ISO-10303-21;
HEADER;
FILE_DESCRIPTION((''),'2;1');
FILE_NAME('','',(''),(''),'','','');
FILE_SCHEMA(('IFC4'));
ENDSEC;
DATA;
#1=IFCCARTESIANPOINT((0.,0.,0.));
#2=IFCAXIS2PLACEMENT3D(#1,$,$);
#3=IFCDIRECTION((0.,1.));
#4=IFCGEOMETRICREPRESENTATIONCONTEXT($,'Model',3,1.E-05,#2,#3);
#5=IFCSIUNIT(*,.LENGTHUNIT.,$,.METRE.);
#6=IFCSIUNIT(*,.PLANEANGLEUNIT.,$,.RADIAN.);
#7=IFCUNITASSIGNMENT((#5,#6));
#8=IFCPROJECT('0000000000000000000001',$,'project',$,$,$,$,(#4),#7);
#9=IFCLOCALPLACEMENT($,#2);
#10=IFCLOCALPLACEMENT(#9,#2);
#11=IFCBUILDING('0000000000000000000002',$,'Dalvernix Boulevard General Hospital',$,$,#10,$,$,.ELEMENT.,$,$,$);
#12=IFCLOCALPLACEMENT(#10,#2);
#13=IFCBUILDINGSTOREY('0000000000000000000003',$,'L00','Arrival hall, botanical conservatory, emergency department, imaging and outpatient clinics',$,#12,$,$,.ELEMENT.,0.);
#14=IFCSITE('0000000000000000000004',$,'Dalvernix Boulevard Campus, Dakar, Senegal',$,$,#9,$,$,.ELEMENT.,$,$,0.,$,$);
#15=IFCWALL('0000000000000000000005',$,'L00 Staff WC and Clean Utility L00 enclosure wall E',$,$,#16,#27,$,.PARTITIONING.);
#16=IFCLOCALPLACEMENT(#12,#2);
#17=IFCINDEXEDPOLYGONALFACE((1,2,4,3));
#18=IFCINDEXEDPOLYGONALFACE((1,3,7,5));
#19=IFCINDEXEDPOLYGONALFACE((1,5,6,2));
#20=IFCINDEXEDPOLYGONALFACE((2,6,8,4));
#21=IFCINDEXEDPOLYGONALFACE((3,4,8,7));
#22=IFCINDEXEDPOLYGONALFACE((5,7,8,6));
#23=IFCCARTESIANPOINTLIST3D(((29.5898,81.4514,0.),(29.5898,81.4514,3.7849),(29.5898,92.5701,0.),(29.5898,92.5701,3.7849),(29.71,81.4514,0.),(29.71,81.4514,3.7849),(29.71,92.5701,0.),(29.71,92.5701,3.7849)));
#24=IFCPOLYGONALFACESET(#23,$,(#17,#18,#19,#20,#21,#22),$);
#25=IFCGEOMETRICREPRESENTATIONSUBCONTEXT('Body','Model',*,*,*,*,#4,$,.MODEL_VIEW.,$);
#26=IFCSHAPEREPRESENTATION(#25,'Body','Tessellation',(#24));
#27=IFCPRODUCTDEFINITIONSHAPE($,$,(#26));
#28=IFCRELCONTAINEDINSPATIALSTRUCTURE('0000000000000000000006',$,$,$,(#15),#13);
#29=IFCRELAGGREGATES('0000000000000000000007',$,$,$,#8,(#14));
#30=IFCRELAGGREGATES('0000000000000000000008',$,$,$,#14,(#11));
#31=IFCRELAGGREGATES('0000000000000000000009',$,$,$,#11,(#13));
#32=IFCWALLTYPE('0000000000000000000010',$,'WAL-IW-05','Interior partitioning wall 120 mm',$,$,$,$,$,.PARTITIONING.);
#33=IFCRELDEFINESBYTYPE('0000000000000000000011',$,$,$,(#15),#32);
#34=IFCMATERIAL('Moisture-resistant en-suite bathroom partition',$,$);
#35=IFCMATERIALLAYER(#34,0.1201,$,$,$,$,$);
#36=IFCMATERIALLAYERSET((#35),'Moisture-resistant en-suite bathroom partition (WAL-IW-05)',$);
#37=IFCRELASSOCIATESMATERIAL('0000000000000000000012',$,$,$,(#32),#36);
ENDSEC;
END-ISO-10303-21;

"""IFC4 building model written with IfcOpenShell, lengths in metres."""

from ifc_helpers import new_model, si_unit, direction, frame, frame_2d, origin, place, context, subcontext, project, spatial, rectangle, extrude, material, layer, layer_set, type_object, element, save


model = new_model("IFC4")

# Units and contexts
model_context = context("Model", 3, precision=1e-05, world=origin(), true_north=direction((0.0, 1.0)))
body_context = subcontext(model_context, "Body", "Model", "MODEL_VIEW")
ifc_project = project(units=[si_unit("LENGTHUNIT", "METRE"), si_unit("PLANEANGLEUNIT", "RADIAN")], contexts=[model_context])

# Site, building, storey
site_placement = place(None, origin())
site = spatial("IfcSite", under=ifc_project, at=site_placement, Name="Dalvernix Boulevard Campus, Dakar, Senegal", CompositionType="ELEMENT", RefElevation=0.0)
building_placement = place(site_placement, origin())
building = spatial("IfcBuilding", under=site, at=building_placement, Name="Dalvernix Boulevard General Hospital", CompositionType="ELEMENT")
storey_placement = place(building_placement, origin())
storey = spatial("IfcBuildingStorey", under=building, at=storey_placement, Name="L00", Description="Arrival hall, botanical conservatory, emergency department, imaging and outpatient clinics", CompositionType="ELEMENT", Elevation=0.0)

# Wall
ifc_material_1 = material(Name="Moisture-resistant en-suite bathroom partition")
ifc_layer_1 = layer(ifc_material_1, 0.1201)
ifc_layer_set_1 = layer_set([ifc_layer_1], Name="Moisture-resistant en-suite bathroom partition (WAL-IW-05)")
wall_type_1 = type_object("IfcWallType", Name="WAL-IW-05", Description="Interior partitioning wall 120 mm", PredefinedType="PARTITIONING", material=ifc_layer_set_1)
wall_1_placement = place(storey_placement, frame((29.6499, 81.4514, 0.0), z_axis=(0.0, 0.0, 1.0), x_axis=(0.0, 1.0, 0.0)))
element("IfcWall", 1, at=wall_1_placement, inside=storey, type_object=wall_type_1, Name="L00 Staff WC and Clean Utility L00 enclosure wall E", PredefinedType="PARTITIONING", context=body_context, shape_type="SweptSolid", body=[
    extrude(rectangle(XDim=11.1187, YDim=0.1201, at=frame_2d((5.5593, 0.0))), origin(), (0.0, 0.0, 1.0), 3.7849),
])

save(model, "model.ifc")
